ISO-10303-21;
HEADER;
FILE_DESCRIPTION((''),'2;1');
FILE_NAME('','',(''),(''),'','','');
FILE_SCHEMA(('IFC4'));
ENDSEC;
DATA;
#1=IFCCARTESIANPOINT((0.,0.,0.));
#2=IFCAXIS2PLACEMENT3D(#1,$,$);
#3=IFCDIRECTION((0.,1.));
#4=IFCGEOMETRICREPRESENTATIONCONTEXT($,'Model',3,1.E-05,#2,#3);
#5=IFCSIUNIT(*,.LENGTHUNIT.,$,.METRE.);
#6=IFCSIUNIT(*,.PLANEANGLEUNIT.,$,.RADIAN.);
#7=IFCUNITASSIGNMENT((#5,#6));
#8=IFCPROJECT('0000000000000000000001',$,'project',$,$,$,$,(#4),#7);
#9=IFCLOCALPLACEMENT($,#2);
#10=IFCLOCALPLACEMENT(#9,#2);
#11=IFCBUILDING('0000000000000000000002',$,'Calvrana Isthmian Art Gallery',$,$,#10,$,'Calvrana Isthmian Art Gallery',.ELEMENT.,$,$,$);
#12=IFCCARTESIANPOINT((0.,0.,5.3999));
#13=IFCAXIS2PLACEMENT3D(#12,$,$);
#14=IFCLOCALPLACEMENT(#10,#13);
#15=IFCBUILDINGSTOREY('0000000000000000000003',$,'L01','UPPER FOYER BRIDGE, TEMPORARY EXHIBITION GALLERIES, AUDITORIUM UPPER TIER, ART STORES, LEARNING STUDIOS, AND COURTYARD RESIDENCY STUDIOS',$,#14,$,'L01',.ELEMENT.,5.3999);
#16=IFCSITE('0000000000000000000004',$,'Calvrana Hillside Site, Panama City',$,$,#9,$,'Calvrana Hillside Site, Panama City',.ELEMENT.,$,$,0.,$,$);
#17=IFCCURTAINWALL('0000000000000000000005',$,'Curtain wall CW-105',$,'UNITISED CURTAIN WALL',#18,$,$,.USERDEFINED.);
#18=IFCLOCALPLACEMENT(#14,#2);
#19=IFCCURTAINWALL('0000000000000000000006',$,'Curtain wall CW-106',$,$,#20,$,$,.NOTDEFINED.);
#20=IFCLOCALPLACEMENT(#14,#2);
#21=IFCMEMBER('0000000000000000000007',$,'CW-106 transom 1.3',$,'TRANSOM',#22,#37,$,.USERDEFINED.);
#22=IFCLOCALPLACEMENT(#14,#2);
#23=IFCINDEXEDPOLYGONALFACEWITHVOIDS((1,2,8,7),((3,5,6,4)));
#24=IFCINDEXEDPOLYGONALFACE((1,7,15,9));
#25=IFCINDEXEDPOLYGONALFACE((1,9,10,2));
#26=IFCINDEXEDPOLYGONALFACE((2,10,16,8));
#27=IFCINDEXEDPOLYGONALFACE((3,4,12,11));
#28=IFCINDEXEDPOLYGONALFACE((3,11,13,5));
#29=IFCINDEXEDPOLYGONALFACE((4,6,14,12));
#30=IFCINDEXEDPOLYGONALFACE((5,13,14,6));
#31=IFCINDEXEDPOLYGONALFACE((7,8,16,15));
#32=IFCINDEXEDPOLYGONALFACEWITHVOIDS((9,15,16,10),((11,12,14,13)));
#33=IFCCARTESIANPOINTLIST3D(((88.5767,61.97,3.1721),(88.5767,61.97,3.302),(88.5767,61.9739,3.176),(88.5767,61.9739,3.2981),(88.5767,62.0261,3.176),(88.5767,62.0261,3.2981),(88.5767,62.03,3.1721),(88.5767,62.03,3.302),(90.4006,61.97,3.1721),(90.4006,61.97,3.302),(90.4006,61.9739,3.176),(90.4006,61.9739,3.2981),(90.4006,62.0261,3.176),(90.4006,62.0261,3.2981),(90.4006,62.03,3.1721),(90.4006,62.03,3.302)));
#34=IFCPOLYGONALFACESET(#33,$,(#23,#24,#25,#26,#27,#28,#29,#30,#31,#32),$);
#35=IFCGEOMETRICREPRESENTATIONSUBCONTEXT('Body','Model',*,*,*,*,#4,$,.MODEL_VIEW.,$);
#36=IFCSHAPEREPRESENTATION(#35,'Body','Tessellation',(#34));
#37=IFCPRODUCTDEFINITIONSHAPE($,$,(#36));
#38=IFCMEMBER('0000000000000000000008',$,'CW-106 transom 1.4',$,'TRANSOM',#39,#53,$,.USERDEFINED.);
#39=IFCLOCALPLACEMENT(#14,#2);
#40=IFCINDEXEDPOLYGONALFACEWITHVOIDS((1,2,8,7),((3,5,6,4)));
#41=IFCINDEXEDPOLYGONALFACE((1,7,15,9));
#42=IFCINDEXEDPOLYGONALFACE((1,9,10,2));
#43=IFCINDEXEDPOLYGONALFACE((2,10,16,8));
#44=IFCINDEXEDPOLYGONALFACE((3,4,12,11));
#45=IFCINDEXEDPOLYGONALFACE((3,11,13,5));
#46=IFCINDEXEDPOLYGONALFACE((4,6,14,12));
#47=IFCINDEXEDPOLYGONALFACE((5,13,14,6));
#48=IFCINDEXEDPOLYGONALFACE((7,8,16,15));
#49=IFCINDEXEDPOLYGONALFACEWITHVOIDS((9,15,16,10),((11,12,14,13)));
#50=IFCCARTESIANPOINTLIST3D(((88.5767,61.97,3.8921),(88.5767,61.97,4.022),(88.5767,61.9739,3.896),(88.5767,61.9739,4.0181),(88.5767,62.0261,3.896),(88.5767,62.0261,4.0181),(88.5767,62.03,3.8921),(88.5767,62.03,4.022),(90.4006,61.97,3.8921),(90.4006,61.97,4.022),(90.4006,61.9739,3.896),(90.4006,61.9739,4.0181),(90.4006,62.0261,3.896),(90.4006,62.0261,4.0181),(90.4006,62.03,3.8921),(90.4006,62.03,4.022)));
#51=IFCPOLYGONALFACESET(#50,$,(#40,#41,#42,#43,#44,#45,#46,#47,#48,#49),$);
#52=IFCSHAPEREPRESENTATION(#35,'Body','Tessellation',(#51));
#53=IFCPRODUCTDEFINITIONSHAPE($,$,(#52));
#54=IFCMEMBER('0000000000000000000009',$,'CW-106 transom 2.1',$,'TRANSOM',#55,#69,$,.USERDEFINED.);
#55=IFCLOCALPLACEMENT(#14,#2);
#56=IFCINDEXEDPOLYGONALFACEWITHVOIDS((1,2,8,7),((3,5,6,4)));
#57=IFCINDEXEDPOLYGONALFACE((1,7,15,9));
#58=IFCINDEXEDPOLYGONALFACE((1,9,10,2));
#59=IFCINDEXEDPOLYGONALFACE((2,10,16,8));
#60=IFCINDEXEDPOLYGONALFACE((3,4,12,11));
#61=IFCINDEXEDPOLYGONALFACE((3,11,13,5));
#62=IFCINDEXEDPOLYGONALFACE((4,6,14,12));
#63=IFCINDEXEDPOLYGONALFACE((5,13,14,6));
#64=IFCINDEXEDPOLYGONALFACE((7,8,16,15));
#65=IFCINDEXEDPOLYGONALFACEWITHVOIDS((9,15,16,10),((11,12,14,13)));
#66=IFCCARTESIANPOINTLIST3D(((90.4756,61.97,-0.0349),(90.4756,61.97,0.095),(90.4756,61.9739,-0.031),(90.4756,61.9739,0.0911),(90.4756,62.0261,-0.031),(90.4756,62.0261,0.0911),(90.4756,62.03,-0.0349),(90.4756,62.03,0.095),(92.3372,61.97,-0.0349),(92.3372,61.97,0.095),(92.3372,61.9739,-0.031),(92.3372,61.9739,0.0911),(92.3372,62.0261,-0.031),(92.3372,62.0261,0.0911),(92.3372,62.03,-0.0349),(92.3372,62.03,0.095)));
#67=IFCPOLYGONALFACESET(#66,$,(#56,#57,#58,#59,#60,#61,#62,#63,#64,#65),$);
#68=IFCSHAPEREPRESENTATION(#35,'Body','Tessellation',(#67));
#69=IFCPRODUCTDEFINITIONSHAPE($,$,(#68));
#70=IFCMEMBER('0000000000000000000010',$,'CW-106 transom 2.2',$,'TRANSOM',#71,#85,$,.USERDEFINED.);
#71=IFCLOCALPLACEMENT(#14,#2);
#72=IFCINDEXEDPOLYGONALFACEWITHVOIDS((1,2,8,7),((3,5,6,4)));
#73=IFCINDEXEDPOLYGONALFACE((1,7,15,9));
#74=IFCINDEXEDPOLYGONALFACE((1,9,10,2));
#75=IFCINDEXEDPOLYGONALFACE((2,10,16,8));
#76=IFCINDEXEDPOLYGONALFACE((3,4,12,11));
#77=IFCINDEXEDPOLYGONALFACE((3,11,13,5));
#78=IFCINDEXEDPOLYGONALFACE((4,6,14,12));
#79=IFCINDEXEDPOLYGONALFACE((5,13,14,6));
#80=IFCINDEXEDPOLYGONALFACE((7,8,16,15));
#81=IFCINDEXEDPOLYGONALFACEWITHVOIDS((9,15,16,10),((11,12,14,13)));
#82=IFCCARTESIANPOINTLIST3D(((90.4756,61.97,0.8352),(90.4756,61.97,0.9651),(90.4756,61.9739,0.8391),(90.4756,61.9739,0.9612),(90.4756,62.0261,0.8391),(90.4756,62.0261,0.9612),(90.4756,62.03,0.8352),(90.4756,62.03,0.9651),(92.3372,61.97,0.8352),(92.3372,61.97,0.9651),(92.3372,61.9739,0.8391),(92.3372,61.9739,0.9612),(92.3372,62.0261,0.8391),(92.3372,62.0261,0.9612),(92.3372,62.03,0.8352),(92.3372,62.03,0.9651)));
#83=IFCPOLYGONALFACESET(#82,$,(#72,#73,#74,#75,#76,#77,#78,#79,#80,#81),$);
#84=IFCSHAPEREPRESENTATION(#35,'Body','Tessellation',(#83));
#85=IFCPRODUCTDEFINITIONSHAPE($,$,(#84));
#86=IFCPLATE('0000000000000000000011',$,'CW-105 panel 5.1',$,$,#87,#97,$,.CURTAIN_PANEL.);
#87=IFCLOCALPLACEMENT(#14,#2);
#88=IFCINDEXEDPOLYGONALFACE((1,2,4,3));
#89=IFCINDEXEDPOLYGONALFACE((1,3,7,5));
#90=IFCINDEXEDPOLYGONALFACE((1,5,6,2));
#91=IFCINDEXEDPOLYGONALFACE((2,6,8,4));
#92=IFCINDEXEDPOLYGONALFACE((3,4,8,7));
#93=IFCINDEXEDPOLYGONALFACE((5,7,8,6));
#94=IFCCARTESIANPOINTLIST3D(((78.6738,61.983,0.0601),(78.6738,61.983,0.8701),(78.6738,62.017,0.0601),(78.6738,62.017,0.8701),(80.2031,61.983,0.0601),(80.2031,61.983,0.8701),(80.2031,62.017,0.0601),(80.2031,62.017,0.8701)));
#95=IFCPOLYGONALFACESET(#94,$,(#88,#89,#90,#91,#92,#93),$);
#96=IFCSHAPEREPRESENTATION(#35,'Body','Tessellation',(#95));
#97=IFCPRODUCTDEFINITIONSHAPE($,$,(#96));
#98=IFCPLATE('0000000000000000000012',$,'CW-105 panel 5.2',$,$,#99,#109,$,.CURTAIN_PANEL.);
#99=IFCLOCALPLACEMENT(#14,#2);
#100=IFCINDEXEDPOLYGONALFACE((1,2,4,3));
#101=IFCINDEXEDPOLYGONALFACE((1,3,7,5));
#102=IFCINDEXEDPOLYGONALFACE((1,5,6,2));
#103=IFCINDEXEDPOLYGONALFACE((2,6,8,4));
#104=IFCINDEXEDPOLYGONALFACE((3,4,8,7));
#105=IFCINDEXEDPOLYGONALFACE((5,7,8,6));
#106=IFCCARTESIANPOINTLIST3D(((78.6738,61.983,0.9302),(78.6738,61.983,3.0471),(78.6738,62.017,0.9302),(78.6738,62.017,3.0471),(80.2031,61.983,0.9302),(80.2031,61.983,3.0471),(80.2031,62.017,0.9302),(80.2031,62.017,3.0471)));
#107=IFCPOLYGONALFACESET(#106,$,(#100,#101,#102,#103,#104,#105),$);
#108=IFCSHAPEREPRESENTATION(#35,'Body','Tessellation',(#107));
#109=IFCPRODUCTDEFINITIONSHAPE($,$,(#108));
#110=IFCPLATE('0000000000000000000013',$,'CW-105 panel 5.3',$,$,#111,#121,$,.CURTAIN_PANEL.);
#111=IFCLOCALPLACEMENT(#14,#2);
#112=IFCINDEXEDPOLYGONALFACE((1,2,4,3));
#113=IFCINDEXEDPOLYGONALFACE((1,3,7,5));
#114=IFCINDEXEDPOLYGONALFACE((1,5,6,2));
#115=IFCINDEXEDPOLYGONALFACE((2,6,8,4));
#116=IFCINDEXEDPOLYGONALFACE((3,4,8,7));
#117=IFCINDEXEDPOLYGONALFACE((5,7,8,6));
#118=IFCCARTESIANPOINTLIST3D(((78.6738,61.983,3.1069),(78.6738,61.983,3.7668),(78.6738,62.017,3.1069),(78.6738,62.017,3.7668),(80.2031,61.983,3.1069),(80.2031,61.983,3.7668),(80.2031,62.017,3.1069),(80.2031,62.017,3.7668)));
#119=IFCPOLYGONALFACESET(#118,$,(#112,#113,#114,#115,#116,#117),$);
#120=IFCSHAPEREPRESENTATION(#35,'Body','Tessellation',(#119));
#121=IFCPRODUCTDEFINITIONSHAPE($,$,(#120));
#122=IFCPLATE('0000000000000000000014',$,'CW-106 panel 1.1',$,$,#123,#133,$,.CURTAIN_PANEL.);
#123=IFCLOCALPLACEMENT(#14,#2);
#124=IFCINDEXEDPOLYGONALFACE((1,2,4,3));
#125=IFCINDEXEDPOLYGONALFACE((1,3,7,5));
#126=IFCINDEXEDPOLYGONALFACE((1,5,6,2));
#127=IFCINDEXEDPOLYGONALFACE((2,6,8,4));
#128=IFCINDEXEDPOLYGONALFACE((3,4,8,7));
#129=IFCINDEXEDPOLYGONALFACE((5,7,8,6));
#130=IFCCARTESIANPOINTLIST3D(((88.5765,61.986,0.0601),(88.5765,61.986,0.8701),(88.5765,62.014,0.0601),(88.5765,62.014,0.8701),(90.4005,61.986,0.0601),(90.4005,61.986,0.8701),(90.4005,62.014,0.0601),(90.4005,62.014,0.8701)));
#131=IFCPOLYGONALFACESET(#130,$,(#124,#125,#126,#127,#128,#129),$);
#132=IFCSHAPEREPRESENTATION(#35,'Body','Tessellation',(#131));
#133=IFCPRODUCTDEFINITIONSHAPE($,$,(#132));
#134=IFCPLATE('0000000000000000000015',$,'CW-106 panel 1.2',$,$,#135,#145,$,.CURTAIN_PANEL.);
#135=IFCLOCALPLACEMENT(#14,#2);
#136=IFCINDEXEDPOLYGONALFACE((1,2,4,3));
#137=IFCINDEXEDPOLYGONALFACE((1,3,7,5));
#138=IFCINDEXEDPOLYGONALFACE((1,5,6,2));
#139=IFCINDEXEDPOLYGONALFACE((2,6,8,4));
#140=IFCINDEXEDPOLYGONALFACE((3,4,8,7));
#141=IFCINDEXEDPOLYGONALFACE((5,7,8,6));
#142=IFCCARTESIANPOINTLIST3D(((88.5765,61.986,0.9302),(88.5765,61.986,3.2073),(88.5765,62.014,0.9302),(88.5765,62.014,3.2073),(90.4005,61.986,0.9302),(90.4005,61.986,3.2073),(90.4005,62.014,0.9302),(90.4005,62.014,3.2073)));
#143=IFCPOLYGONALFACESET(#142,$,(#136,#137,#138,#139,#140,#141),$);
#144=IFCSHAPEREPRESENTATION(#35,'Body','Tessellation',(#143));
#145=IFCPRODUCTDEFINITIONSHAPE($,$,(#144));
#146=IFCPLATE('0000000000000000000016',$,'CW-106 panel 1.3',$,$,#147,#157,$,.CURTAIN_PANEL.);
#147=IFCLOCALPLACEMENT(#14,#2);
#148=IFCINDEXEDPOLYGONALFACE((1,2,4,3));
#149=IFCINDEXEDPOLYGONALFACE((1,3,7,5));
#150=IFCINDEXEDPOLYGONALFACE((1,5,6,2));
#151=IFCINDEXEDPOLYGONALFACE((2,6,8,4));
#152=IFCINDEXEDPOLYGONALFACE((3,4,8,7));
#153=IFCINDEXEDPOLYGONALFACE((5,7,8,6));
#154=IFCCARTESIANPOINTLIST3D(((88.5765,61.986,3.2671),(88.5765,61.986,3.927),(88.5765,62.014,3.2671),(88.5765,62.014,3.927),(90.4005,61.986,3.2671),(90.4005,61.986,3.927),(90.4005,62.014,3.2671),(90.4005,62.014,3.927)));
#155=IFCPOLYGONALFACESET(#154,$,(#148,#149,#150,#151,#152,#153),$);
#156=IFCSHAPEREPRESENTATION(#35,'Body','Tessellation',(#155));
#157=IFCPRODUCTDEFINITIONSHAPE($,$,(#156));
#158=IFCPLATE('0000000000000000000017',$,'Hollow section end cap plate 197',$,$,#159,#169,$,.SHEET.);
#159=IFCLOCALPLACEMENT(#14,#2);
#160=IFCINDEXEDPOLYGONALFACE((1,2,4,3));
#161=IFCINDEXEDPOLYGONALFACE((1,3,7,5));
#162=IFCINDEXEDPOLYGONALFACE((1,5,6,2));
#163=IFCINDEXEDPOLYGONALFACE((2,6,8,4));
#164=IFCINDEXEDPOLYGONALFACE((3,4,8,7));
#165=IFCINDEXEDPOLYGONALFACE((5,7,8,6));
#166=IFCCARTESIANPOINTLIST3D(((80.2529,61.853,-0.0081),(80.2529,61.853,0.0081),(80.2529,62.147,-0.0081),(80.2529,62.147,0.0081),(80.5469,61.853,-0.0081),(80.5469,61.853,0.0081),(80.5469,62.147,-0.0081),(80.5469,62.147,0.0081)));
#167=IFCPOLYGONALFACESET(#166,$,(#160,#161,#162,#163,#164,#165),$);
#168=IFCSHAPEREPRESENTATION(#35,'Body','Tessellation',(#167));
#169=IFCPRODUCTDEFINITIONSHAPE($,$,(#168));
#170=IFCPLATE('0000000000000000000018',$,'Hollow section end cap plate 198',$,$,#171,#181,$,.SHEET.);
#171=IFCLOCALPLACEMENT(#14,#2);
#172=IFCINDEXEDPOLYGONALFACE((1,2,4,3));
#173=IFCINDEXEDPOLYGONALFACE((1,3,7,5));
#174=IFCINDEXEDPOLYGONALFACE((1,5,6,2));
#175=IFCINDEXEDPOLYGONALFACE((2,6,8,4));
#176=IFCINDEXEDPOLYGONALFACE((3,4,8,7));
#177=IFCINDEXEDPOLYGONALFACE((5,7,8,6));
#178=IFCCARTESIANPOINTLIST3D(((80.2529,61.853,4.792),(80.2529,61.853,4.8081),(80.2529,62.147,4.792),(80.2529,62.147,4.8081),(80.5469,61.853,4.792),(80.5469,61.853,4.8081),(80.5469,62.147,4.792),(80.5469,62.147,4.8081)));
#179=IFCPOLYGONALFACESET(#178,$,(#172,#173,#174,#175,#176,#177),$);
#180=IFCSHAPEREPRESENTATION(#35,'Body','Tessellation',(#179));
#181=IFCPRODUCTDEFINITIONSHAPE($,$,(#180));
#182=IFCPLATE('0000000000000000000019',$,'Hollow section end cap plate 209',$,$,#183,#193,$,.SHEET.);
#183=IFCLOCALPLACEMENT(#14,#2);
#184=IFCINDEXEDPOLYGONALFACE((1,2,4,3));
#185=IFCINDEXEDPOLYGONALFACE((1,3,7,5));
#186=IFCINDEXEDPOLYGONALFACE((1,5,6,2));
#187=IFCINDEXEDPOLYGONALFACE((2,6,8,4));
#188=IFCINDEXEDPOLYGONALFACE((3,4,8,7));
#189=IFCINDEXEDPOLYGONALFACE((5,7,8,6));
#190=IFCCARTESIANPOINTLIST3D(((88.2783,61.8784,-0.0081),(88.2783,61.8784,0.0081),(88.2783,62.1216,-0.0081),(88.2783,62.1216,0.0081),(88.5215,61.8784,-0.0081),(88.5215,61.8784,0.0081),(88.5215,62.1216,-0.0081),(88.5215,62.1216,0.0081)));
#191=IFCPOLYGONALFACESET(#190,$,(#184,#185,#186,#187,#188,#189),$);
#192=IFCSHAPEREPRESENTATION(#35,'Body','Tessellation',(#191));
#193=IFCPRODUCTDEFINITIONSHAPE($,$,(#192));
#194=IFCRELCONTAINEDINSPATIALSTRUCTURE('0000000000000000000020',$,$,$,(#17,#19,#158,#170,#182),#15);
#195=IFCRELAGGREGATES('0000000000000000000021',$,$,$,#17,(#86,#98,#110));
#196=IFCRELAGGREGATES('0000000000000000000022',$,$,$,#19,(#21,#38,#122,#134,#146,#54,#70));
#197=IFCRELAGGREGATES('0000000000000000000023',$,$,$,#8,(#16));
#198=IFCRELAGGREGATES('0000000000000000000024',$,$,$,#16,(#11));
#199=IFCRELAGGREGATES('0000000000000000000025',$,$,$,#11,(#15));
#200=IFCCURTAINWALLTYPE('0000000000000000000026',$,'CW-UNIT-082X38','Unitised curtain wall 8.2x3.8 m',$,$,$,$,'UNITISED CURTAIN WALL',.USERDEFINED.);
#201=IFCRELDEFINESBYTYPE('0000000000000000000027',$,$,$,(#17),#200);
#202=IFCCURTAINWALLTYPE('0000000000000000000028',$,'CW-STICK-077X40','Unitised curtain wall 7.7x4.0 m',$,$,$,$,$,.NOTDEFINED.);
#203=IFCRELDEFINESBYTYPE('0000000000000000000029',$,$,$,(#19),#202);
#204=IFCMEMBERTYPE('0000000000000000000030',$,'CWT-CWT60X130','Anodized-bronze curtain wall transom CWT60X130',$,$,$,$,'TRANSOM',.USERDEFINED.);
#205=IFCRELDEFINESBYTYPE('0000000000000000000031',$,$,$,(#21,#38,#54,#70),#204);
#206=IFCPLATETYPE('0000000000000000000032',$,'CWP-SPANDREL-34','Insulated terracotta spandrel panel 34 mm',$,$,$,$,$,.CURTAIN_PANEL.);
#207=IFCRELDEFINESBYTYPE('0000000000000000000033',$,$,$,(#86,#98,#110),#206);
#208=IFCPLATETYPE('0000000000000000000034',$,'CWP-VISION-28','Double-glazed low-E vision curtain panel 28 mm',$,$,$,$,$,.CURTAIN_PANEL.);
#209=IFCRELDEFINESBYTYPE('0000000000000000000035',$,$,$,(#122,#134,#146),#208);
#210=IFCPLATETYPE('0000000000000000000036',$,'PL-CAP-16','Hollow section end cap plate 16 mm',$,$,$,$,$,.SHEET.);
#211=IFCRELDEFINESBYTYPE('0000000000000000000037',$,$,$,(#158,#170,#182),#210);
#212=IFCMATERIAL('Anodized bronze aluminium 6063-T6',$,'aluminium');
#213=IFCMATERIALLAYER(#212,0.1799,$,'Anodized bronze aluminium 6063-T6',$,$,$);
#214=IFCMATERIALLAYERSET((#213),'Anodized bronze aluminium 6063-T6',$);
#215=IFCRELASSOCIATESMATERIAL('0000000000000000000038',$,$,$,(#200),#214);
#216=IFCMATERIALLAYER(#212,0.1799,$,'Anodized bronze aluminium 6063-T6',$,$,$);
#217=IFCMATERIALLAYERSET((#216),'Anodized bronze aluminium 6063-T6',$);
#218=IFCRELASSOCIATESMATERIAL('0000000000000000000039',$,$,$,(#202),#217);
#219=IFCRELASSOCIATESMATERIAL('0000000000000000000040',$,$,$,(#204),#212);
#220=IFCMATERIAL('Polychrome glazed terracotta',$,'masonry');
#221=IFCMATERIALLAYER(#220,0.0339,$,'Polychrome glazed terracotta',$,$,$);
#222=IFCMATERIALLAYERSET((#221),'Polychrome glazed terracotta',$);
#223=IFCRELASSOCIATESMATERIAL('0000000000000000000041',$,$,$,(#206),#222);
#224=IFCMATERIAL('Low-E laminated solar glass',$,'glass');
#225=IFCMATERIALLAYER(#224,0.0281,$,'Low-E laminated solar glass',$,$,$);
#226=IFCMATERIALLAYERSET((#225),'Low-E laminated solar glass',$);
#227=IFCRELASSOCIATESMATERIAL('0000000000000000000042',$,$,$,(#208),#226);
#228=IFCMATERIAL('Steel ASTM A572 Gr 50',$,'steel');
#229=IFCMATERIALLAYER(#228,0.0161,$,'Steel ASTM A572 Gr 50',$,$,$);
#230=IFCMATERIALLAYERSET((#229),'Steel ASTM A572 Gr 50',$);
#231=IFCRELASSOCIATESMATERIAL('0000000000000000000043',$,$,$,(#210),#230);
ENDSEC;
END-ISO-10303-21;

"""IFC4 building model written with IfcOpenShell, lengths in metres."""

from ifc_helpers import new_model, si_unit, direction, frame, origin, origin_2d, place, context, subcontext, project, spatial, rectangle, hollow_rectangle, extrude, material, layer, layer_set, material_profile, profile_set, type_object, element, aggregate, save


model = new_model("IFC4")

# Units and contexts
model_context = context("Model", 3, precision=1e-05, world=origin(), true_north=direction((0.0, 1.0)))
body_context = subcontext(model_context, "Body", "Model", "MODEL_VIEW")
ifc_project = project(units=[si_unit("LENGTHUNIT", "METRE"), si_unit("PLANEANGLEUNIT", "RADIAN")], contexts=[model_context])

# Site, building, storey
site_placement = place(None, origin())
site = spatial("IfcSite", under=ifc_project, at=site_placement, Name="Calvrana Hillside Site, Panama City", LongName="Calvrana Hillside Site, Panama City", CompositionType="ELEMENT", RefElevation=0.0)
building_placement = place(site_placement, origin())
building = spatial("IfcBuilding", under=site, at=building_placement, Name="Calvrana Isthmian Art Gallery", LongName="Calvrana Isthmian Art Gallery", CompositionType="ELEMENT")
storey_placement = place(building_placement, frame((0.0, 0.0, 5.3999)))
storey = spatial("IfcBuildingStorey", under=building, at=storey_placement, Name="L01", Description="UPPER FOYER BRIDGE, TEMPORARY EXHIBITION GALLERIES, AUDITORIUM UPPER TIER, ART STORES, LEARNING STUDIOS, AND COURTYARD RESIDENCY STUDIOS", LongName="L01", CompositionType="ELEMENT", Elevation=5.3999)

# Curtain walls
ifc_material_1 = material(Name="Anodized bronze aluminium 6063-T6", Category="aluminium")
ifc_layer_1 = layer(ifc_material_1, 0.1799, Name="Anodized bronze aluminium 6063-T6")
ifc_layer_set_1 = layer_set([ifc_layer_1], Name="Anodized bronze aluminium 6063-T6")
curtain_wall_type_1 = type_object("IfcCurtainWallType", Name="CW-UNIT-082X38", Description="Unitised curtain wall 8.2x3.8 m", ElementType="UNITISED CURTAIN WALL", PredefinedType="USERDEFINED", material=ifc_layer_set_1)
curtain_wall_1_placement = place(storey_placement, origin())
curtain_wall_1 = element("IfcCurtainWall", 1, at=curtain_wall_1_placement, inside=storey, type_object=curtain_wall_type_1, Name="Curtain wall CW-105", ObjectType="UNITISED CURTAIN WALL", PredefinedType="USERDEFINED")
ifc_layer_2 = layer(ifc_material_1, 0.1799, Name="Anodized bronze aluminium 6063-T6")
ifc_layer_set_2 = layer_set([ifc_layer_2], Name="Anodized bronze aluminium 6063-T6")
curtain_wall_type_2 = type_object("IfcCurtainWallType", Name="CW-STICK-077X40", Description="Unitised curtain wall 7.7x4.0 m", PredefinedType="NOTDEFINED", material=ifc_layer_set_2)
curtain_wall_2_placement = place(storey_placement, origin())
curtain_wall_2 = element("IfcCurtainWall", 2, at=curtain_wall_2_placement, inside=storey, type_object=curtain_wall_type_2, Name="Curtain wall CW-106", PredefinedType="NOTDEFINED")

# Members
ifc_material_profile_1 = material_profile(ifc_material_1, hollow_rectangle(XDim=0.0601, YDim=0.1299, WallThickness=0.0039, at=origin_2d()), Name="CWT60X130")
ifc_profile_set_1 = profile_set([ifc_material_profile_1], Name="Anodized bronze aluminium 6063-T6")
member_type_1 = type_object("IfcMemberType", Name="CWT-CWT60X130", Description="Anodized-bronze curtain wall transom CWT60X130", ElementType="TRANSOM", PredefinedType="USERDEFINED", material=ifc_profile_set_1)
member_1_placement = place(storey_placement, frame((88.5767, 62.0, 3.2371), z_axis=(1.0, 0.0, 0.0), x_axis=(0.0, 1.0, 0.0)))
member_1 = element("IfcMember", 3, at=member_1_placement, type_object=member_type_1, Name="CW-106 transom 1.3", ObjectType="TRANSOM", PredefinedType="USERDEFINED", context=body_context, shape_type="SweptSolid", body=[
    extrude(hollow_rectangle(XDim=0.0601, YDim=0.1299, WallThickness=0.0039, at=origin_2d()), origin(), (0.0, 0.0, 1.0), 1.824),
])
member_2_placement = place(storey_placement, frame((88.5767, 62.0, 3.957), z_axis=(1.0, 0.0, 0.0), x_axis=(0.0, 1.0, 0.0)))
member_2 = element("IfcMember", 4, at=member_2_placement, type_object=member_type_1, Name="CW-106 transom 1.4", ObjectType="TRANSOM", PredefinedType="USERDEFINED", context=body_context, shape_type="SweptSolid", body=[
    extrude(hollow_rectangle(XDim=0.0601, YDim=0.1299, WallThickness=0.0039, at=origin_2d()), origin(), (0.0, 0.0, 1.0), 1.824),
])
member_3_placement = place(storey_placement, frame((90.4756, 62.0, 0.03), z_axis=(1.0, 0.0, 0.0), x_axis=(0.0, 1.0, 0.0)))
member_3 = element("IfcMember", 5, at=member_3_placement, type_object=member_type_1, Name="CW-106 transom 2.1", ObjectType="TRANSOM", PredefinedType="USERDEFINED", context=body_context, shape_type="SweptSolid", body=[
    extrude(hollow_rectangle(XDim=0.0601, YDim=0.1299, WallThickness=0.0039, at=origin_2d()), origin(), (0.0, 0.0, 1.0), 1.8616),
])
member_4_placement = place(storey_placement, frame((90.4756, 62.0, 0.9001), z_axis=(1.0, 0.0, 0.0), x_axis=(0.0, 1.0, 0.0)))
member_4 = element("IfcMember", 6, at=member_4_placement, type_object=member_type_1, Name="CW-106 transom 2.2", ObjectType="TRANSOM", PredefinedType="USERDEFINED", context=body_context, shape_type="SweptSolid", body=[
    extrude(hollow_rectangle(XDim=0.0601, YDim=0.1299, WallThickness=0.0039, at=origin_2d()), origin(), (0.0, 0.0, 1.0), 1.8616),
])

# Plates
ifc_material_2 = material(Name="Polychrome glazed terracotta", Category="masonry")
ifc_layer_3 = layer(ifc_material_2, 0.0339, Name="Polychrome glazed terracotta")
ifc_layer_set_3 = layer_set([ifc_layer_3], Name="Polychrome glazed terracotta")
plate_type_1 = type_object("IfcPlateType", Name="CWP-SPANDREL-34", Description="Insulated terracotta spandrel panel 34 mm", PredefinedType="CURTAIN_PANEL", material=ifc_layer_set_3)
plate_1_placement = place(storey_placement, frame((79.4385, 62.0, 0.0601), z_axis=(0.0, 0.0, 1.0), x_axis=(1.0, 0.0, 0.0)))
plate_1 = element("IfcPlate", 7, at=plate_1_placement, type_object=plate_type_1, Name="CW-105 panel 5.1", PredefinedType="CURTAIN_PANEL", context=body_context, shape_type="SweptSolid", body=[
    extrude(rectangle(XDim=1.5293, YDim=0.0339, at=origin_2d()), origin(), (0.0, 0.0, 1.0), 0.8101),
])
plate_2_placement = place(storey_placement, frame((79.4385, 62.0, 0.9302), z_axis=(0.0, 0.0, 1.0), x_axis=(1.0, 0.0, 0.0)))
plate_2 = element("IfcPlate", 8, at=plate_2_placement, type_object=plate_type_1, Name="CW-105 panel 5.2", PredefinedType="CURTAIN_PANEL", context=body_context, shape_type="SweptSolid", body=[
    extrude(rectangle(XDim=1.5293, YDim=0.0339, at=origin_2d()), origin(), (0.0, 0.0, 1.0), 2.1169),
])
plate_3_placement = place(storey_placement, frame((79.4385, 62.0, 3.1069), z_axis=(0.0, 0.0, 1.0), x_axis=(1.0, 0.0, 0.0)))
plate_3 = element("IfcPlate", 9, at=plate_3_placement, type_object=plate_type_1, Name="CW-105 panel 5.3", PredefinedType="CURTAIN_PANEL", context=body_context, shape_type="SweptSolid", body=[
    extrude(rectangle(XDim=1.5293, YDim=0.0339, at=origin_2d()), origin(), (0.0, 0.0, 1.0), 0.6599),
])
aggregate(curtain_wall_1, [plate_1, plate_2, plate_3])
ifc_material_3 = material(Name="Low-E laminated solar glass", Category="glass")
ifc_layer_4 = layer(ifc_material_3, 0.0281, Name="Low-E laminated solar glass")
ifc_layer_set_4 = layer_set([ifc_layer_4], Name="Low-E laminated solar glass")
plate_type_2 = type_object("IfcPlateType", Name="CWP-VISION-28", Description="Double-glazed low-E vision curtain panel 28 mm", PredefinedType="CURTAIN_PANEL", material=ifc_layer_set_4)
plate_4_placement = place(storey_placement, frame((89.4885, 62.0, 0.0601), z_axis=(0.0, 0.0, 1.0), x_axis=(1.0, 0.0, 0.0)))
plate_4 = element("IfcPlate", 10, at=plate_4_placement, type_object=plate_type_2, Name="CW-106 panel 1.1", PredefinedType="CURTAIN_PANEL", context=body_context, shape_type="SweptSolid", body=[
    extrude(rectangle(XDim=1.824, YDim=0.0281, at=origin_2d()), origin(), (0.0, 0.0, 1.0), 0.8101),
])
plate_5_placement = place(storey_placement, frame((89.4885, 62.0, 0.9302), z_axis=(0.0, 0.0, 1.0), x_axis=(1.0, 0.0, 0.0)))
plate_5 = element("IfcPlate", 11, at=plate_5_placement, type_object=plate_type_2, Name="CW-106 panel 1.2", PredefinedType="CURTAIN_PANEL", context=body_context, shape_type="SweptSolid", body=[
    extrude(rectangle(XDim=1.824, YDim=0.0281, at=origin_2d()), origin(), (0.0, 0.0, 1.0), 2.2771),
])
plate_6_placement = place(storey_placement, frame((89.4885, 62.0, 3.2671), z_axis=(0.0, 0.0, 1.0), x_axis=(1.0, 0.0, 0.0)))
plate_6 = element("IfcPlate", 12, at=plate_6_placement, type_object=plate_type_2, Name="CW-106 panel 1.3", PredefinedType="CURTAIN_PANEL", context=body_context, shape_type="SweptSolid", body=[
    extrude(rectangle(XDim=1.824, YDim=0.0281, at=origin_2d()), origin(), (0.0, 0.0, 1.0), 0.6599),
])
aggregate(curtain_wall_2, [member_1, member_2, plate_4, plate_5, plate_6, member_3, member_4])

# Plates
ifc_material_4 = material(Name="Steel ASTM A572 Gr 50", Category="steel")
ifc_layer_5 = layer(ifc_material_4, 0.0161, Name="Steel ASTM A572 Gr 50")
ifc_layer_set_5 = layer_set([ifc_layer_5], Name="Steel ASTM A572 Gr 50")
plate_type_3 = type_object("IfcPlateType", Name="PL-CAP-16", Description="Hollow section end cap plate 16 mm", PredefinedType="SHEET", material=ifc_layer_set_5)
for number, where, z_axis, x_axis, name in (
    (13, (80.3999, 62.0, -0.0081), (0.0, 0.0, 1.0), (1.0, 0.0, 0.0), "Hollow section end cap plate 197"),
    (14, (80.3999, 62.0, 4.792), (0.0, 0.0, 1.0), (1.0, 0.0, 0.0), "Hollow section end cap plate 198"),
):
    element("IfcPlate", number, at=place(storey_placement, frame(where, z_axis=z_axis, x_axis=x_axis)), inside=storey, type_object=plate_type_3, Name=name, PredefinedType="SHEET", context=body_context, shape_type="SweptSolid", body=[
        extrude(rectangle(XDim=0.2939, YDim=0.2939, at=origin_2d()), origin(), (0.0, 0.0, 1.0), 0.0161),
    ])
for number, where, z_axis, x_axis, name in (
    (15, (88.3999, 62.0, -0.0081), (0.0, 0.0, 1.0), (1.0, 0.0, 0.0), "Hollow section end cap plate 209"),
):
    element("IfcPlate", number, at=place(storey_placement, frame(where, z_axis=z_axis, x_axis=x_axis)), inside=storey, type_object=plate_type_3, Name=name, PredefinedType="SHEET", context=body_context, shape_type="SweptSolid", body=[
        extrude(rectangle(XDim=0.2432, YDim=0.2432, at=origin_2d()), origin(), (0.0, 0.0, 1.0), 0.0161),
    ])

save(model, "model.ifc")
